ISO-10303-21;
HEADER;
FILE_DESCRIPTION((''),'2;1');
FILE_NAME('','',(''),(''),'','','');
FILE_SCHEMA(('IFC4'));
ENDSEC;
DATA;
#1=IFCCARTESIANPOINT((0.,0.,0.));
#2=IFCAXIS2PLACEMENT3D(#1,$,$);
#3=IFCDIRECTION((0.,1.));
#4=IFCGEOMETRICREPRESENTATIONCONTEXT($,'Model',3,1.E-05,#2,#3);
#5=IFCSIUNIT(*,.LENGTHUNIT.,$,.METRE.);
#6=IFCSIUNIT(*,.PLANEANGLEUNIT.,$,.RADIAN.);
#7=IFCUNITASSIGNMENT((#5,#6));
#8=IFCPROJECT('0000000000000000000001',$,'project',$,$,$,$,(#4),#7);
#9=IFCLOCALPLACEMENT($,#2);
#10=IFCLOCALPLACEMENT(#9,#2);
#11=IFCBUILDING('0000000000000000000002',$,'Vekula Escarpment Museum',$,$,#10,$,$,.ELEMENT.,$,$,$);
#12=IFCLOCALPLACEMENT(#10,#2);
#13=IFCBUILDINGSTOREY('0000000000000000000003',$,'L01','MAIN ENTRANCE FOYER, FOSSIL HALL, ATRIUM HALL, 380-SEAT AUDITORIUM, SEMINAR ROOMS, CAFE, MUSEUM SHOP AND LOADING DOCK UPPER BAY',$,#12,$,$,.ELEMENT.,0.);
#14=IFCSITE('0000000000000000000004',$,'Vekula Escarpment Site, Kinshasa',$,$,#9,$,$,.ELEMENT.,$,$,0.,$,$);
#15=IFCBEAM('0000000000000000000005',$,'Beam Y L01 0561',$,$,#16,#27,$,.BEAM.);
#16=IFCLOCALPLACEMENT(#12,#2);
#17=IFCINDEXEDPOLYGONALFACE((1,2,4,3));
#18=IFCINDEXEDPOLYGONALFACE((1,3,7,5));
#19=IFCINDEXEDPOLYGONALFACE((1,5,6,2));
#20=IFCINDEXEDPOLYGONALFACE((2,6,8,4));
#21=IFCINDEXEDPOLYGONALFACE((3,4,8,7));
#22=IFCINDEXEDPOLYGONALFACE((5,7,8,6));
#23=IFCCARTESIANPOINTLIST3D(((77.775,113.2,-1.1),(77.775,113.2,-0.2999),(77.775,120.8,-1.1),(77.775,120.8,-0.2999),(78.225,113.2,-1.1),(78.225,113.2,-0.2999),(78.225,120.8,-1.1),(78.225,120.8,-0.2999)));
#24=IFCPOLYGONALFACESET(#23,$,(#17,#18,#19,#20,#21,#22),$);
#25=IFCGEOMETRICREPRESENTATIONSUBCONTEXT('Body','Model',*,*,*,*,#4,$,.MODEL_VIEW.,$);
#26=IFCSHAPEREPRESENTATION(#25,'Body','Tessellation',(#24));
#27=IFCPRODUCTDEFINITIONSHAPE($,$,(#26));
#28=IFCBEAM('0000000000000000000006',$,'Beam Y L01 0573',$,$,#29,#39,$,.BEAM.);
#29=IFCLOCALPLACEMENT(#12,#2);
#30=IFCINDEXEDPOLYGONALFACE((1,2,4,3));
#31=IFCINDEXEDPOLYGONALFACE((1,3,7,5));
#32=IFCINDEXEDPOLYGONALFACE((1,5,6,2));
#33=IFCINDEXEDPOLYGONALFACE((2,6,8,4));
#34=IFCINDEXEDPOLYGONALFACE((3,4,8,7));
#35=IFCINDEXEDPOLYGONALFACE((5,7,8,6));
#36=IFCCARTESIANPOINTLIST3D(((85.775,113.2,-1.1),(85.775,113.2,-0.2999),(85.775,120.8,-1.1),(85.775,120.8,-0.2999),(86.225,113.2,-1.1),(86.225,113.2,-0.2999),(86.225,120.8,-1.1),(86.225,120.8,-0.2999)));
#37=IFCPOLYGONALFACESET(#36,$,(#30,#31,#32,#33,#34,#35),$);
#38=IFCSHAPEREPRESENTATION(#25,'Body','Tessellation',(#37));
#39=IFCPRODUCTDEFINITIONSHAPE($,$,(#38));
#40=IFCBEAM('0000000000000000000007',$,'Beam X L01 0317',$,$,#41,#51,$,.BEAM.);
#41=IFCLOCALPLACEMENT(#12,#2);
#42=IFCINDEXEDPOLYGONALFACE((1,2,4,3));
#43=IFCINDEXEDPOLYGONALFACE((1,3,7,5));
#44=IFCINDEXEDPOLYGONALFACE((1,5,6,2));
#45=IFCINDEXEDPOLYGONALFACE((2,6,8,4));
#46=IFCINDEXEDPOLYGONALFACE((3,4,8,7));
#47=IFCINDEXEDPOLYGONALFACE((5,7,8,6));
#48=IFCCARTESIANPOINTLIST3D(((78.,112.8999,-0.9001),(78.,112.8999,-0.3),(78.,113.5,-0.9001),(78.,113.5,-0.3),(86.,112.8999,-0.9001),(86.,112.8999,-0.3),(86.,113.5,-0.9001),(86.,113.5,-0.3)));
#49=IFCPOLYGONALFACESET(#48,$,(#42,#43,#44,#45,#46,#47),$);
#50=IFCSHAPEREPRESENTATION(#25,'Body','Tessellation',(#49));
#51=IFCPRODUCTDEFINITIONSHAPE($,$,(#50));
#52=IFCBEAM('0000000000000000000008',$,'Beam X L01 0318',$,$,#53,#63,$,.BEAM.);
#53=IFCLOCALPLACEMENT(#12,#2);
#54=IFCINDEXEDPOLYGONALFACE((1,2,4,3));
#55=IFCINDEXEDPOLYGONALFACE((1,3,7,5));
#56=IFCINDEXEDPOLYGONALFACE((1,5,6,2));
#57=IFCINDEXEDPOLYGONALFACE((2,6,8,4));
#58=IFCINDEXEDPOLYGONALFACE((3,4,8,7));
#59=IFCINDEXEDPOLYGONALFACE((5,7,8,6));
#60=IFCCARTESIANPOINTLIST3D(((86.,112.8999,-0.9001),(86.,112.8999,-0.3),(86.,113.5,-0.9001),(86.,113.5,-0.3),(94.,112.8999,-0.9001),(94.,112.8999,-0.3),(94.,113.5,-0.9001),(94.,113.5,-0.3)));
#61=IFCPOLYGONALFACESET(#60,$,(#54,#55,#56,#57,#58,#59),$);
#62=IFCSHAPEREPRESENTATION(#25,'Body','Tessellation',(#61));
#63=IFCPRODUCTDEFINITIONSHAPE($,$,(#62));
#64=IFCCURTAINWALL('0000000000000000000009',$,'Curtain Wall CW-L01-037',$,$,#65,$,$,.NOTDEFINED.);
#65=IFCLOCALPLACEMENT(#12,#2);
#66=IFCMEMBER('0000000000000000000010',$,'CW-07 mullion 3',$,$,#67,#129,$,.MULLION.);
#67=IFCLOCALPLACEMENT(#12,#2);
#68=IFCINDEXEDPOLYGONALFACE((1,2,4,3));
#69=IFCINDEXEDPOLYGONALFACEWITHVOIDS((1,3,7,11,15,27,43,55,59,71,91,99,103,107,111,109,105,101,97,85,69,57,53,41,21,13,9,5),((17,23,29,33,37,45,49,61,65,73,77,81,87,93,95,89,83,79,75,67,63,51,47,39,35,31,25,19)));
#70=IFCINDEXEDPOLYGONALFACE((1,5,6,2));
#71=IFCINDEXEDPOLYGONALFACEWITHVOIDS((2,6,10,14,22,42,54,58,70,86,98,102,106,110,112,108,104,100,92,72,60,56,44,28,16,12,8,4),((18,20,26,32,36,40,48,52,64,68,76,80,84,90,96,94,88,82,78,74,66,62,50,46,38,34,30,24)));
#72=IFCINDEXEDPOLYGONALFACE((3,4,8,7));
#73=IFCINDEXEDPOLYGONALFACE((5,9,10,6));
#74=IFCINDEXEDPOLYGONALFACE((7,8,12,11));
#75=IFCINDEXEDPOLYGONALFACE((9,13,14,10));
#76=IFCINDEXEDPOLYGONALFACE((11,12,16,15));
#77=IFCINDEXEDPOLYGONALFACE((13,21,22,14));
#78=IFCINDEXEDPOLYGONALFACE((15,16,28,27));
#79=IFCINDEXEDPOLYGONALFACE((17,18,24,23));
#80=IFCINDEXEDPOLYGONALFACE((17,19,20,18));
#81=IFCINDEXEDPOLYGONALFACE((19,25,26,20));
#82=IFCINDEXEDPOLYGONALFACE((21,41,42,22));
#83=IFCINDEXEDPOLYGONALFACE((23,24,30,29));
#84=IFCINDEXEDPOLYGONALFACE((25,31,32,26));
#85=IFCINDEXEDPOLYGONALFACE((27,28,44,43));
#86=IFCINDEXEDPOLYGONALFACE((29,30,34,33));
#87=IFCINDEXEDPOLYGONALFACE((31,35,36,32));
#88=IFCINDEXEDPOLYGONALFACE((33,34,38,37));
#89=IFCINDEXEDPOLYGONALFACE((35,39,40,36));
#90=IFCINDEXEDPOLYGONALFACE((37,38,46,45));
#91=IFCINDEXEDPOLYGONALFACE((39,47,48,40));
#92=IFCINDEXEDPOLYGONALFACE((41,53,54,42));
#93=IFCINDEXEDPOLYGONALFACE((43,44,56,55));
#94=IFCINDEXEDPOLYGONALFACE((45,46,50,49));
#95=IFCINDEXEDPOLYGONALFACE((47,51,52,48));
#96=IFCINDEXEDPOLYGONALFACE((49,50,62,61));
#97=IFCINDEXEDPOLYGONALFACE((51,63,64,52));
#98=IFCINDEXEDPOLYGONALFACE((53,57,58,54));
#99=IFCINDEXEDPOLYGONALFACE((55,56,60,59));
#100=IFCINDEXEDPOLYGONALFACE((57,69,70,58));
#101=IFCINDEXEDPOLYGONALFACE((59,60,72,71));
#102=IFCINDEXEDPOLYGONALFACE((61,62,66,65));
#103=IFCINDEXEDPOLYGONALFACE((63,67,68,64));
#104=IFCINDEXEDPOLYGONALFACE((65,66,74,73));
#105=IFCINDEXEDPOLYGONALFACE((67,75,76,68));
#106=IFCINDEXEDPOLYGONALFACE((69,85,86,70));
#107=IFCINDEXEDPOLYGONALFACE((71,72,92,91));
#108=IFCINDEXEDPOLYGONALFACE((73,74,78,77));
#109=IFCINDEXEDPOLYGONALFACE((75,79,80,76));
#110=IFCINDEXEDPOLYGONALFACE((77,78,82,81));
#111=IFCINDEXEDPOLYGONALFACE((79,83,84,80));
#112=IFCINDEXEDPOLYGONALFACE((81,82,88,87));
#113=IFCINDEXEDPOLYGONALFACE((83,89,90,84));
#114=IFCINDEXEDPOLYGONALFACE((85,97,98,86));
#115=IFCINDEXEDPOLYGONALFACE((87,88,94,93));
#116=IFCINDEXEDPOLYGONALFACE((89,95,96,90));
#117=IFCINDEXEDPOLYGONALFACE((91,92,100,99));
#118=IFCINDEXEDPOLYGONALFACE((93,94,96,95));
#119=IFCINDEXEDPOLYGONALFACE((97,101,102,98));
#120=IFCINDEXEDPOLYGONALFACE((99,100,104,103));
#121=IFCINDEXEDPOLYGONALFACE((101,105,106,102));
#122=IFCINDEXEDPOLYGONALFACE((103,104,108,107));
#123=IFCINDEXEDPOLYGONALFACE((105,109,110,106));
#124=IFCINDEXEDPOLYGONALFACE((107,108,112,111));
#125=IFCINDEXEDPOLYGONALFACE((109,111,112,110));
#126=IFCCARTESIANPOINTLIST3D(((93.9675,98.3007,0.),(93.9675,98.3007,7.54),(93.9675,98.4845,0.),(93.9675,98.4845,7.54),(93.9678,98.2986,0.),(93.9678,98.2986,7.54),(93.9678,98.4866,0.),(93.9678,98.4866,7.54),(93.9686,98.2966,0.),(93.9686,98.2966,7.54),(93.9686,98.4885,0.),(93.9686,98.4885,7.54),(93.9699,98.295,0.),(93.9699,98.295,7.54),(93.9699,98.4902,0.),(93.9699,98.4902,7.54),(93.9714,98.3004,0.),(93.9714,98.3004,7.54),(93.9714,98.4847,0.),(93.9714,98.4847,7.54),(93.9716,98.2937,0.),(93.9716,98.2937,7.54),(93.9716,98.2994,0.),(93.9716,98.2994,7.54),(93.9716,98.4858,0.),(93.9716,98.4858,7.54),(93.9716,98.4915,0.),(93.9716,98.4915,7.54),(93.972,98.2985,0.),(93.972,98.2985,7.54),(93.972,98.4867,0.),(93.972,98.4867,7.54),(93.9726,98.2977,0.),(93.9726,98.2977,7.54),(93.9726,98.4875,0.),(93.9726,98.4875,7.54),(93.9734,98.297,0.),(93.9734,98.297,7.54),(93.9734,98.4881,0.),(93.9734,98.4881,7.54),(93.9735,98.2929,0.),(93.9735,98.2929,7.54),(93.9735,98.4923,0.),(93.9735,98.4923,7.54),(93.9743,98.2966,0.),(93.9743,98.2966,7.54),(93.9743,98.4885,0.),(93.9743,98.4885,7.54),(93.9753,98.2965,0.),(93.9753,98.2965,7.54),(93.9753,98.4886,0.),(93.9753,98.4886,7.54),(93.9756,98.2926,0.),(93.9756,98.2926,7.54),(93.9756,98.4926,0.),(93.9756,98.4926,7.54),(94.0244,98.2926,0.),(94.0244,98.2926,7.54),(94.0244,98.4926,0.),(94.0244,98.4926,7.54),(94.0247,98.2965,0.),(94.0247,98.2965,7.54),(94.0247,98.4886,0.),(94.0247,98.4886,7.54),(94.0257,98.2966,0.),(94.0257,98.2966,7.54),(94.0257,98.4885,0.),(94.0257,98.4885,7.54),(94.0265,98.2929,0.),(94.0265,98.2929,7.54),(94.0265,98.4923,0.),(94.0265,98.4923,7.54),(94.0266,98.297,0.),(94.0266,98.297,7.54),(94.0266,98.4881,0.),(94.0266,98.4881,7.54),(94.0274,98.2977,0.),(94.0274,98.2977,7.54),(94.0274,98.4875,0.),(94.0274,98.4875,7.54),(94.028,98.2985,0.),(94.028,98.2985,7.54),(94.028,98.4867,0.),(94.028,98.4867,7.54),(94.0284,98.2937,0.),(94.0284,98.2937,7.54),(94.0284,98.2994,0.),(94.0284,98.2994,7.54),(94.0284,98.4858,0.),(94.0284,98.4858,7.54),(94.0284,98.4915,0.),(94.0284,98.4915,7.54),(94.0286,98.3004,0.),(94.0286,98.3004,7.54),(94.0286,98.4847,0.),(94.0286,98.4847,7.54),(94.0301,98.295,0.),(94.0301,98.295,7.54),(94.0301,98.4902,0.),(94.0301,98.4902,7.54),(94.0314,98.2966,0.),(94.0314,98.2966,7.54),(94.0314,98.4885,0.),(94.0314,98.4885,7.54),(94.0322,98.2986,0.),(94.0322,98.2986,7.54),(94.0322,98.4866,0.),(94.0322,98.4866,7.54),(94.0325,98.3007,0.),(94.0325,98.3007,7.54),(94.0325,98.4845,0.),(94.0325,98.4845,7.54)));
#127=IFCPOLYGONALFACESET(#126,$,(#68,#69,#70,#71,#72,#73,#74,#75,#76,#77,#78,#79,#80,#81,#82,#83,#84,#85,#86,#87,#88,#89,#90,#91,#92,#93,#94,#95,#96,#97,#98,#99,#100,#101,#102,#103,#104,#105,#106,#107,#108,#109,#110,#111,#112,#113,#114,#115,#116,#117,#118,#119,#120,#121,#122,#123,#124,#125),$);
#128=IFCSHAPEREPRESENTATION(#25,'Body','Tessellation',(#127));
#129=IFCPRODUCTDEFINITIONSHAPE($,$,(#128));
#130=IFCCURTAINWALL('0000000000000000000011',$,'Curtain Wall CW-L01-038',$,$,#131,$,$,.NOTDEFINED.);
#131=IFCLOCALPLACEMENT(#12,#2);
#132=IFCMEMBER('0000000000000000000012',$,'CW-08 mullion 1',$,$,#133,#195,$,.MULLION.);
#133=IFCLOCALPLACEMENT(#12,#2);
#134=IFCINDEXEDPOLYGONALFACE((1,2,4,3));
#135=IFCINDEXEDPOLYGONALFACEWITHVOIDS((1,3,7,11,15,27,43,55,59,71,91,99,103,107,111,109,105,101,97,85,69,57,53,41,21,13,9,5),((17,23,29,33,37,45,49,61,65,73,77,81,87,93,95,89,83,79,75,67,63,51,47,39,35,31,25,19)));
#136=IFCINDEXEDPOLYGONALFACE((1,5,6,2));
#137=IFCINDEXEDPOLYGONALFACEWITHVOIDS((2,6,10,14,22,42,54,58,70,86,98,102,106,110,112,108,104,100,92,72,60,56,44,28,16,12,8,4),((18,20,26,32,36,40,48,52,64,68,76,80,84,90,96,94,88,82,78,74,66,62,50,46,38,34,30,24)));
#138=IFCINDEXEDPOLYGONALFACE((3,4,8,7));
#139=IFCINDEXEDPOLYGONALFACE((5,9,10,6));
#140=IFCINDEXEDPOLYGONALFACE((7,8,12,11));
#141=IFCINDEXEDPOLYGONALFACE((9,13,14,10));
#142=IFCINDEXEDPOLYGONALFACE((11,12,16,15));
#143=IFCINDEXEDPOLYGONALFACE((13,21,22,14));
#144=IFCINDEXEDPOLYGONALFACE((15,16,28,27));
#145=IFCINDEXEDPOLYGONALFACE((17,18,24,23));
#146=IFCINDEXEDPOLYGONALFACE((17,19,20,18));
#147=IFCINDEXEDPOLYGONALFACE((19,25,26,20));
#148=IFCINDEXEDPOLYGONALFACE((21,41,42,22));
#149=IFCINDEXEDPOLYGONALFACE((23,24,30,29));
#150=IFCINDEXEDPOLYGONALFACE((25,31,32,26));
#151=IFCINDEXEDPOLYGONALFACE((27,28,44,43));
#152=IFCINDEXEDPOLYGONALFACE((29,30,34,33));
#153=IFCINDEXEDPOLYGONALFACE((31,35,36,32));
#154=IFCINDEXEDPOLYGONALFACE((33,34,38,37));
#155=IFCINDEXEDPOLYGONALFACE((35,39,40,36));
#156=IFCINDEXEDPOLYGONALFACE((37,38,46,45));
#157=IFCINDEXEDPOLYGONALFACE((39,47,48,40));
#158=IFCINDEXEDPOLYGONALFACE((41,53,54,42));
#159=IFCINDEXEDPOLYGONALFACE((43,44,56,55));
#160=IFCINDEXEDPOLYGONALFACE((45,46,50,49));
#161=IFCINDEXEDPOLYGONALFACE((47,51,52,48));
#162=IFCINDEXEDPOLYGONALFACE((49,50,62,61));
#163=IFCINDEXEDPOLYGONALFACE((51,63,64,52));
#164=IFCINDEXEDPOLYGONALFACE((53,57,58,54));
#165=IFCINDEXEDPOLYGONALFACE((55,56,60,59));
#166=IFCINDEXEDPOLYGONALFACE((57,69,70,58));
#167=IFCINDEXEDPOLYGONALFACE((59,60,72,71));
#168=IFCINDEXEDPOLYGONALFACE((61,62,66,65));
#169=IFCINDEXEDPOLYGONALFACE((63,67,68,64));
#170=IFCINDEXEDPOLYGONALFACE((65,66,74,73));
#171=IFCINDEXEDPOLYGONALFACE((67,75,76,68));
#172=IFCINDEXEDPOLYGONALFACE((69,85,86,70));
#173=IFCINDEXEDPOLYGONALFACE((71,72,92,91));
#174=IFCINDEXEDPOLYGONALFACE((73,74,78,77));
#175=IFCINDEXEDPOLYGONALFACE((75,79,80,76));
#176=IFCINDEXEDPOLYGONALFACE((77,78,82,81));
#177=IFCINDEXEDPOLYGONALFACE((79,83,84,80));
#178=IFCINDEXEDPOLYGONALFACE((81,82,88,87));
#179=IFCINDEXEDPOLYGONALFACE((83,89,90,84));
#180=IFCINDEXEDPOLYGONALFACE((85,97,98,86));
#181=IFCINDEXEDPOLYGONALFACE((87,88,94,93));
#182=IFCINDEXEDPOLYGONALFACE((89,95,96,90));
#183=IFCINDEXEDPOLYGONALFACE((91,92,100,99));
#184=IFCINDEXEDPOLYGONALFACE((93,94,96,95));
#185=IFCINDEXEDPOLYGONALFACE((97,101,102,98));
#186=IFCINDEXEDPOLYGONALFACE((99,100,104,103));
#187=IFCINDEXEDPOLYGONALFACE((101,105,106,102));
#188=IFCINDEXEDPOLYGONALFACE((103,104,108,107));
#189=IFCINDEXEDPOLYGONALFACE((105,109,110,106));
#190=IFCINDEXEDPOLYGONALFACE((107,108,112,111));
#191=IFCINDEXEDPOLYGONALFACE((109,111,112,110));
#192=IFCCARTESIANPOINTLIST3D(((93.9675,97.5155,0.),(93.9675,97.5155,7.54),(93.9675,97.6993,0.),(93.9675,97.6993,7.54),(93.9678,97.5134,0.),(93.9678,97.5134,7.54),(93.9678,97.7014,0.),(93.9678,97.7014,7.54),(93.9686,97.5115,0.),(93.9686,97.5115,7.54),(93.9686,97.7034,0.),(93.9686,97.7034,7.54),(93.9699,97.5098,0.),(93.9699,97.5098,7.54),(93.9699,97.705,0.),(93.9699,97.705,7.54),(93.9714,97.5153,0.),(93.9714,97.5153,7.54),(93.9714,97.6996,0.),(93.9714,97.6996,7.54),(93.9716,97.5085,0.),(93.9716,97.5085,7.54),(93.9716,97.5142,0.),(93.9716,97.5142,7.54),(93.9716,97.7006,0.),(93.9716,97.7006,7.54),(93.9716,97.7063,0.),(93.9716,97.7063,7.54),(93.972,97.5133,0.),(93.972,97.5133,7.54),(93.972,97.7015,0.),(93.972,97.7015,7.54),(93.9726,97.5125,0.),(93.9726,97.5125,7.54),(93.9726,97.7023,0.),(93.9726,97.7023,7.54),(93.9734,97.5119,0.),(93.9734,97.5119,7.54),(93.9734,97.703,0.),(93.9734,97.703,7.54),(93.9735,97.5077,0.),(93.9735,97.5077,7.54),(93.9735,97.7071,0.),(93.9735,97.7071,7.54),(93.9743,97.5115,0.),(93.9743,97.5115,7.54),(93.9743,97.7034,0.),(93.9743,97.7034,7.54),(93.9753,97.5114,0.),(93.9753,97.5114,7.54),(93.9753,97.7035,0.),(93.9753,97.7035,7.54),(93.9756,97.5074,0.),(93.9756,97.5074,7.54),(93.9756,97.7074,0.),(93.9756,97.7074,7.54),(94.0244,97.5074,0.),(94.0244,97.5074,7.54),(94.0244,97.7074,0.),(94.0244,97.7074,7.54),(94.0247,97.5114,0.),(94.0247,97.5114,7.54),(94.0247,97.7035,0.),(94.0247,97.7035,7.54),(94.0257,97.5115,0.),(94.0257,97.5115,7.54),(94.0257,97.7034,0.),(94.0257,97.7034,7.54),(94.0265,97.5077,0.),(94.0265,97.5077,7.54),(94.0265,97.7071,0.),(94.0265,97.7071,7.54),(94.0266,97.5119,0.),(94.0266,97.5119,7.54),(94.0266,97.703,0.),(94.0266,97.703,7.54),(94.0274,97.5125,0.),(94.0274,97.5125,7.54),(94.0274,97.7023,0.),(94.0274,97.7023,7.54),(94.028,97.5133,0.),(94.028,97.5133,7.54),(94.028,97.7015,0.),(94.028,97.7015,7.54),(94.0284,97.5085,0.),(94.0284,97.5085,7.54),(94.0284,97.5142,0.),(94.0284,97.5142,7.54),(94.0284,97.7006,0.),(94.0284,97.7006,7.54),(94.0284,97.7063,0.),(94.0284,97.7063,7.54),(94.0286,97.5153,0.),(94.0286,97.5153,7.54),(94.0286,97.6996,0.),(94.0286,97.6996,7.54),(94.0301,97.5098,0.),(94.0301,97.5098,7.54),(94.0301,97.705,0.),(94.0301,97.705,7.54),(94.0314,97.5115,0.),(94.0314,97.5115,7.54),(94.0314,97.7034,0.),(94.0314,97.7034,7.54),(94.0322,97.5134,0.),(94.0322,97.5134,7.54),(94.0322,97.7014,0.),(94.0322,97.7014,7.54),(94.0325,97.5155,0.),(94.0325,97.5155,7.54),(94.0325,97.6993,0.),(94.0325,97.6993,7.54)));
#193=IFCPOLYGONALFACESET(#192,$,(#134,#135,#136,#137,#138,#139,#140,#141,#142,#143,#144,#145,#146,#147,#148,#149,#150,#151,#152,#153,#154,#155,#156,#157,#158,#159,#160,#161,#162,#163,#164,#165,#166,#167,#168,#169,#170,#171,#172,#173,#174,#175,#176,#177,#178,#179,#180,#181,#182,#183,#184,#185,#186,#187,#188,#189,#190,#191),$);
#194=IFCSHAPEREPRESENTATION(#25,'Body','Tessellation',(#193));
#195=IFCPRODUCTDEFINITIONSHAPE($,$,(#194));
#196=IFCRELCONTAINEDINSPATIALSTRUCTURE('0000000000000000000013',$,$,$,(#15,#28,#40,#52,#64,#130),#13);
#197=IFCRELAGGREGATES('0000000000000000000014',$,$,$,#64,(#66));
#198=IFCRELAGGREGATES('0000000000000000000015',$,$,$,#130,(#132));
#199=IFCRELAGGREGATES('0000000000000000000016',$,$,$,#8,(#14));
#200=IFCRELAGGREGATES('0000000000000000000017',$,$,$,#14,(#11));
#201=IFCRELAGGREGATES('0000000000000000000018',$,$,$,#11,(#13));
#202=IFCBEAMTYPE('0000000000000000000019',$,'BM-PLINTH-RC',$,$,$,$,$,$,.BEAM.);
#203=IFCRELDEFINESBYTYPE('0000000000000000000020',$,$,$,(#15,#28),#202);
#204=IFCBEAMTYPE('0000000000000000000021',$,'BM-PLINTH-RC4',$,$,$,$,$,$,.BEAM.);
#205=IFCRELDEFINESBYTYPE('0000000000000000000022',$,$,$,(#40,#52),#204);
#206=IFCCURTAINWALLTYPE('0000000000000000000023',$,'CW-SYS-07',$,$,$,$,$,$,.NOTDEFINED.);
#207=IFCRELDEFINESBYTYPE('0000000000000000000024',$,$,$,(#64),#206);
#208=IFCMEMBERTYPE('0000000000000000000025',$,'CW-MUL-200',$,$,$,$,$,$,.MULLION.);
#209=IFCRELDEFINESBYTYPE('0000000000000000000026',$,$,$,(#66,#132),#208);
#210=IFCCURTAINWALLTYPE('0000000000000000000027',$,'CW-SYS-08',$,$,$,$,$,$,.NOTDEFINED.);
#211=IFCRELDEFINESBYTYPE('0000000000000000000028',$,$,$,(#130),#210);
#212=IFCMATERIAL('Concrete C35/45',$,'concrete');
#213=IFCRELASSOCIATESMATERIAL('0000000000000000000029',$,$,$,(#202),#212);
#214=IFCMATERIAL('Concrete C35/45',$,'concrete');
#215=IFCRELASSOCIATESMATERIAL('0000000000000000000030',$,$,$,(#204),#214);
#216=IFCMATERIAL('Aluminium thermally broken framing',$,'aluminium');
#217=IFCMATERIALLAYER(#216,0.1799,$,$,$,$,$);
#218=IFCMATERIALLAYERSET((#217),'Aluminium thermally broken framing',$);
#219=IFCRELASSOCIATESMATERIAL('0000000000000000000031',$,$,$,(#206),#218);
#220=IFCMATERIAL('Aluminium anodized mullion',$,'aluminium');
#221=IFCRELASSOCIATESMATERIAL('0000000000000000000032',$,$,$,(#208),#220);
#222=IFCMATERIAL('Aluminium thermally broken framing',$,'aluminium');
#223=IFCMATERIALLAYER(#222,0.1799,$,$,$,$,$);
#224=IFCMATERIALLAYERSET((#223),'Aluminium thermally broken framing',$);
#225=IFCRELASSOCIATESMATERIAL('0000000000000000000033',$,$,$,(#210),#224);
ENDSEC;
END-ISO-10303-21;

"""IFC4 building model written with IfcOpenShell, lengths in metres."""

from ifc_helpers import new_model, si_unit, direction, frame, origin, origin_2d, place, context, subcontext, project, spatial, rectangle, hollow_rectangle, extrude, material, layer, layer_set, material_profile, profile_set, type_object, element, aggregate, save


model = new_model("IFC4")

# Units and contexts
model_context = context("Model", 3, precision=1e-05, world=origin(), true_north=direction((0.0, 1.0)))
body_context = subcontext(model_context, "Body", "Model", "MODEL_VIEW")
ifc_project = project(units=[si_unit("LENGTHUNIT", "METRE"), si_unit("PLANEANGLEUNIT", "RADIAN")], contexts=[model_context])

# Site, building, storey
site_placement = place(None, origin())
site = spatial("IfcSite", under=ifc_project, at=site_placement, Name="Vekula Escarpment Site, Kinshasa", CompositionType="ELEMENT", RefElevation=0.0)
building_placement = place(site_placement, origin())
building = spatial("IfcBuilding", under=site, at=building_placement, Name="Vekula Escarpment Museum", CompositionType="ELEMENT")
storey_placement = place(building_placement, origin())
storey = spatial("IfcBuildingStorey", under=building, at=storey_placement, Name="L01", Description="MAIN ENTRANCE FOYER, FOSSIL HALL, ATRIUM HALL, 380-SEAT AUDITORIUM, SEMINAR ROOMS, CAFE, MUSEUM SHOP AND LOADING DOCK UPPER BAY", CompositionType="ELEMENT", Elevation=0.0)

# Beams
ifc_material_1 = material(Name="Concrete C35/45", Category="concrete")
ifc_material_profile_1 = material_profile(ifc_material_1, rectangle(XDim=0.45, YDim=0.8, at=origin_2d()), Name="RC 450x800")
ifc_profile_set_1 = profile_set([ifc_material_profile_1], Name="Concrete C35/45")
beam_type_1 = type_object("IfcBeamType", Name="BM-PLINTH-RC", PredefinedType="BEAM", material=ifc_profile_set_1)
for number, where, z_axis, x_axis, name in (
    (1, (78.0, 113.2, -0.7), (0.0, 1.0, 0.0), (-1.0, 0.0, 0.0), "Beam Y L01 0561"),
    (2, (86.0, 113.2, -0.7), (0.0, 1.0, 0.0), (-1.0, 0.0, 0.0), "Beam Y L01 0573"),
):
    element("IfcBeam", number, at=place(storey_placement, frame(where, z_axis=z_axis, x_axis=x_axis)), inside=storey, type_object=beam_type_1, Name=name, PredefinedType="BEAM", context=body_context, shape_type="SweptSolid", body=[
        extrude(rectangle(XDim=0.45, YDim=0.8, at=origin_2d()), origin(), (0.0, 0.0, 1.0), 7.6001),
    ])
ifc_material_2 = material(Name="Concrete C35/45", Category="concrete")
ifc_material_profile_2 = material_profile(ifc_material_2, rectangle(XDim=0.6001, YDim=0.6001, at=origin_2d()), Name="RC 600x600")
ifc_profile_set_2 = profile_set([ifc_material_profile_2], Name="Concrete C35/45")
beam_type_2 = type_object("IfcBeamType", Name="BM-PLINTH-RC4", PredefinedType="BEAM", material=ifc_profile_set_2)
for number, where, z_axis, x_axis, name in (
    (3, (78.0, 113.2, -0.6001), (1.0, 0.0, 0.0), (0.0, 1.0, 0.0), "Beam X L01 0317"),
    (4, (86.0, 113.2, -0.6001), (1.0, 0.0, 0.0), (0.0, 1.0, 0.0), "Beam X L01 0318"),
):
    element("IfcBeam", number, at=place(storey_placement, frame(where, z_axis=z_axis, x_axis=x_axis)), inside=storey, type_object=beam_type_2, Name=name, PredefinedType="BEAM", context=body_context, shape_type="SweptSolid", body=[
        extrude(rectangle(XDim=0.6001, YDim=0.6001, at=origin_2d()), origin(), (0.0, 0.0, 1.0), 8.0),
    ])

# Curtain wall, member
ifc_material_3 = material(Name="Aluminium thermally broken framing", Category="aluminium")
ifc_layer_1 = layer(ifc_material_3, 0.1799)
ifc_layer_set_1 = layer_set([ifc_layer_1], Name="Aluminium thermally broken framing")
curtain_wall_type_1 = type_object("IfcCurtainWallType", Name="CW-SYS-07", PredefinedType="NOTDEFINED", material=ifc_layer_set_1)
curtain_wall_1_placement = place(storey_placement, origin())
curtain_wall_1 = element("IfcCurtainWall", 5, at=curtain_wall_1_placement, inside=storey, type_object=curtain_wall_type_1, Name="Curtain Wall CW-L01-037", PredefinedType="NOTDEFINED")
ifc_material_4 = material(Name="Aluminium anodized mullion", Category="aluminium")
ifc_material_profile_3 = material_profile(ifc_material_4, hollow_rectangle(XDim=0.0649, YDim=0.2, WallThickness=0.0039, InnerFilletRadius=0.0039, OuterFilletRadius=0.0081, at=origin_2d()), Name="ALU 200x65x4")
ifc_profile_set_3 = profile_set([ifc_material_profile_3], Name="Aluminium anodized mullion")
member_type_1 = type_object("IfcMemberType", Name="CW-MUL-200", PredefinedType="MULLION", material=ifc_profile_set_3)
member_1_placement = place(storey_placement, frame((94.0, 98.3926, 0.0), z_axis=(0.0, 0.0, 1.0), x_axis=(1.0, 0.0, 0.0)))
member_1 = element("IfcMember", 6, at=member_1_placement, type_object=member_type_1, Name="CW-07 mullion 3", PredefinedType="MULLION", context=body_context, shape_type="SweptSolid", body=[
    extrude(hollow_rectangle(XDim=0.0649, YDim=0.2, WallThickness=0.0039, InnerFilletRadius=0.0039, OuterFilletRadius=0.0081, at=origin_2d()), origin(), (0.0, 0.0, 1.0), 7.54),
])

# Curtain wall, member
ifc_material_5 = material(Name="Aluminium thermally broken framing", Category="aluminium")
ifc_layer_2 = layer(ifc_material_5, 0.1799)
ifc_layer_set_2 = layer_set([ifc_layer_2], Name="Aluminium thermally broken framing")
curtain_wall_type_2 = type_object("IfcCurtainWallType", Name="CW-SYS-08", PredefinedType="NOTDEFINED", material=ifc_layer_set_2)
curtain_wall_2_placement = place(storey_placement, origin())
curtain_wall_2 = element("IfcCurtainWall", 7, at=curtain_wall_2_placement, inside=storey, type_object=curtain_wall_type_2, Name="Curtain Wall CW-L01-038", PredefinedType="NOTDEFINED")
member_2_placement = place(storey_placement, frame((94.0, 97.6074, 0.0), z_axis=(0.0, 0.0, 1.0), x_axis=(1.0, 0.0, 0.0)))
member_2 = element("IfcMember", 8, at=member_2_placement, type_object=member_type_1, Name="CW-08 mullion 1", PredefinedType="MULLION", context=body_context, shape_type="SweptSolid", body=[
    extrude(hollow_rectangle(XDim=0.0649, YDim=0.2, WallThickness=0.0039, InnerFilletRadius=0.0039, OuterFilletRadius=0.0081, at=origin_2d()), origin(), (0.0, 0.0, 1.0), 7.54),
])

aggregate(curtain_wall_1, [member_1])
aggregate(curtain_wall_2, [member_2])

save(model, "model.ifc")
